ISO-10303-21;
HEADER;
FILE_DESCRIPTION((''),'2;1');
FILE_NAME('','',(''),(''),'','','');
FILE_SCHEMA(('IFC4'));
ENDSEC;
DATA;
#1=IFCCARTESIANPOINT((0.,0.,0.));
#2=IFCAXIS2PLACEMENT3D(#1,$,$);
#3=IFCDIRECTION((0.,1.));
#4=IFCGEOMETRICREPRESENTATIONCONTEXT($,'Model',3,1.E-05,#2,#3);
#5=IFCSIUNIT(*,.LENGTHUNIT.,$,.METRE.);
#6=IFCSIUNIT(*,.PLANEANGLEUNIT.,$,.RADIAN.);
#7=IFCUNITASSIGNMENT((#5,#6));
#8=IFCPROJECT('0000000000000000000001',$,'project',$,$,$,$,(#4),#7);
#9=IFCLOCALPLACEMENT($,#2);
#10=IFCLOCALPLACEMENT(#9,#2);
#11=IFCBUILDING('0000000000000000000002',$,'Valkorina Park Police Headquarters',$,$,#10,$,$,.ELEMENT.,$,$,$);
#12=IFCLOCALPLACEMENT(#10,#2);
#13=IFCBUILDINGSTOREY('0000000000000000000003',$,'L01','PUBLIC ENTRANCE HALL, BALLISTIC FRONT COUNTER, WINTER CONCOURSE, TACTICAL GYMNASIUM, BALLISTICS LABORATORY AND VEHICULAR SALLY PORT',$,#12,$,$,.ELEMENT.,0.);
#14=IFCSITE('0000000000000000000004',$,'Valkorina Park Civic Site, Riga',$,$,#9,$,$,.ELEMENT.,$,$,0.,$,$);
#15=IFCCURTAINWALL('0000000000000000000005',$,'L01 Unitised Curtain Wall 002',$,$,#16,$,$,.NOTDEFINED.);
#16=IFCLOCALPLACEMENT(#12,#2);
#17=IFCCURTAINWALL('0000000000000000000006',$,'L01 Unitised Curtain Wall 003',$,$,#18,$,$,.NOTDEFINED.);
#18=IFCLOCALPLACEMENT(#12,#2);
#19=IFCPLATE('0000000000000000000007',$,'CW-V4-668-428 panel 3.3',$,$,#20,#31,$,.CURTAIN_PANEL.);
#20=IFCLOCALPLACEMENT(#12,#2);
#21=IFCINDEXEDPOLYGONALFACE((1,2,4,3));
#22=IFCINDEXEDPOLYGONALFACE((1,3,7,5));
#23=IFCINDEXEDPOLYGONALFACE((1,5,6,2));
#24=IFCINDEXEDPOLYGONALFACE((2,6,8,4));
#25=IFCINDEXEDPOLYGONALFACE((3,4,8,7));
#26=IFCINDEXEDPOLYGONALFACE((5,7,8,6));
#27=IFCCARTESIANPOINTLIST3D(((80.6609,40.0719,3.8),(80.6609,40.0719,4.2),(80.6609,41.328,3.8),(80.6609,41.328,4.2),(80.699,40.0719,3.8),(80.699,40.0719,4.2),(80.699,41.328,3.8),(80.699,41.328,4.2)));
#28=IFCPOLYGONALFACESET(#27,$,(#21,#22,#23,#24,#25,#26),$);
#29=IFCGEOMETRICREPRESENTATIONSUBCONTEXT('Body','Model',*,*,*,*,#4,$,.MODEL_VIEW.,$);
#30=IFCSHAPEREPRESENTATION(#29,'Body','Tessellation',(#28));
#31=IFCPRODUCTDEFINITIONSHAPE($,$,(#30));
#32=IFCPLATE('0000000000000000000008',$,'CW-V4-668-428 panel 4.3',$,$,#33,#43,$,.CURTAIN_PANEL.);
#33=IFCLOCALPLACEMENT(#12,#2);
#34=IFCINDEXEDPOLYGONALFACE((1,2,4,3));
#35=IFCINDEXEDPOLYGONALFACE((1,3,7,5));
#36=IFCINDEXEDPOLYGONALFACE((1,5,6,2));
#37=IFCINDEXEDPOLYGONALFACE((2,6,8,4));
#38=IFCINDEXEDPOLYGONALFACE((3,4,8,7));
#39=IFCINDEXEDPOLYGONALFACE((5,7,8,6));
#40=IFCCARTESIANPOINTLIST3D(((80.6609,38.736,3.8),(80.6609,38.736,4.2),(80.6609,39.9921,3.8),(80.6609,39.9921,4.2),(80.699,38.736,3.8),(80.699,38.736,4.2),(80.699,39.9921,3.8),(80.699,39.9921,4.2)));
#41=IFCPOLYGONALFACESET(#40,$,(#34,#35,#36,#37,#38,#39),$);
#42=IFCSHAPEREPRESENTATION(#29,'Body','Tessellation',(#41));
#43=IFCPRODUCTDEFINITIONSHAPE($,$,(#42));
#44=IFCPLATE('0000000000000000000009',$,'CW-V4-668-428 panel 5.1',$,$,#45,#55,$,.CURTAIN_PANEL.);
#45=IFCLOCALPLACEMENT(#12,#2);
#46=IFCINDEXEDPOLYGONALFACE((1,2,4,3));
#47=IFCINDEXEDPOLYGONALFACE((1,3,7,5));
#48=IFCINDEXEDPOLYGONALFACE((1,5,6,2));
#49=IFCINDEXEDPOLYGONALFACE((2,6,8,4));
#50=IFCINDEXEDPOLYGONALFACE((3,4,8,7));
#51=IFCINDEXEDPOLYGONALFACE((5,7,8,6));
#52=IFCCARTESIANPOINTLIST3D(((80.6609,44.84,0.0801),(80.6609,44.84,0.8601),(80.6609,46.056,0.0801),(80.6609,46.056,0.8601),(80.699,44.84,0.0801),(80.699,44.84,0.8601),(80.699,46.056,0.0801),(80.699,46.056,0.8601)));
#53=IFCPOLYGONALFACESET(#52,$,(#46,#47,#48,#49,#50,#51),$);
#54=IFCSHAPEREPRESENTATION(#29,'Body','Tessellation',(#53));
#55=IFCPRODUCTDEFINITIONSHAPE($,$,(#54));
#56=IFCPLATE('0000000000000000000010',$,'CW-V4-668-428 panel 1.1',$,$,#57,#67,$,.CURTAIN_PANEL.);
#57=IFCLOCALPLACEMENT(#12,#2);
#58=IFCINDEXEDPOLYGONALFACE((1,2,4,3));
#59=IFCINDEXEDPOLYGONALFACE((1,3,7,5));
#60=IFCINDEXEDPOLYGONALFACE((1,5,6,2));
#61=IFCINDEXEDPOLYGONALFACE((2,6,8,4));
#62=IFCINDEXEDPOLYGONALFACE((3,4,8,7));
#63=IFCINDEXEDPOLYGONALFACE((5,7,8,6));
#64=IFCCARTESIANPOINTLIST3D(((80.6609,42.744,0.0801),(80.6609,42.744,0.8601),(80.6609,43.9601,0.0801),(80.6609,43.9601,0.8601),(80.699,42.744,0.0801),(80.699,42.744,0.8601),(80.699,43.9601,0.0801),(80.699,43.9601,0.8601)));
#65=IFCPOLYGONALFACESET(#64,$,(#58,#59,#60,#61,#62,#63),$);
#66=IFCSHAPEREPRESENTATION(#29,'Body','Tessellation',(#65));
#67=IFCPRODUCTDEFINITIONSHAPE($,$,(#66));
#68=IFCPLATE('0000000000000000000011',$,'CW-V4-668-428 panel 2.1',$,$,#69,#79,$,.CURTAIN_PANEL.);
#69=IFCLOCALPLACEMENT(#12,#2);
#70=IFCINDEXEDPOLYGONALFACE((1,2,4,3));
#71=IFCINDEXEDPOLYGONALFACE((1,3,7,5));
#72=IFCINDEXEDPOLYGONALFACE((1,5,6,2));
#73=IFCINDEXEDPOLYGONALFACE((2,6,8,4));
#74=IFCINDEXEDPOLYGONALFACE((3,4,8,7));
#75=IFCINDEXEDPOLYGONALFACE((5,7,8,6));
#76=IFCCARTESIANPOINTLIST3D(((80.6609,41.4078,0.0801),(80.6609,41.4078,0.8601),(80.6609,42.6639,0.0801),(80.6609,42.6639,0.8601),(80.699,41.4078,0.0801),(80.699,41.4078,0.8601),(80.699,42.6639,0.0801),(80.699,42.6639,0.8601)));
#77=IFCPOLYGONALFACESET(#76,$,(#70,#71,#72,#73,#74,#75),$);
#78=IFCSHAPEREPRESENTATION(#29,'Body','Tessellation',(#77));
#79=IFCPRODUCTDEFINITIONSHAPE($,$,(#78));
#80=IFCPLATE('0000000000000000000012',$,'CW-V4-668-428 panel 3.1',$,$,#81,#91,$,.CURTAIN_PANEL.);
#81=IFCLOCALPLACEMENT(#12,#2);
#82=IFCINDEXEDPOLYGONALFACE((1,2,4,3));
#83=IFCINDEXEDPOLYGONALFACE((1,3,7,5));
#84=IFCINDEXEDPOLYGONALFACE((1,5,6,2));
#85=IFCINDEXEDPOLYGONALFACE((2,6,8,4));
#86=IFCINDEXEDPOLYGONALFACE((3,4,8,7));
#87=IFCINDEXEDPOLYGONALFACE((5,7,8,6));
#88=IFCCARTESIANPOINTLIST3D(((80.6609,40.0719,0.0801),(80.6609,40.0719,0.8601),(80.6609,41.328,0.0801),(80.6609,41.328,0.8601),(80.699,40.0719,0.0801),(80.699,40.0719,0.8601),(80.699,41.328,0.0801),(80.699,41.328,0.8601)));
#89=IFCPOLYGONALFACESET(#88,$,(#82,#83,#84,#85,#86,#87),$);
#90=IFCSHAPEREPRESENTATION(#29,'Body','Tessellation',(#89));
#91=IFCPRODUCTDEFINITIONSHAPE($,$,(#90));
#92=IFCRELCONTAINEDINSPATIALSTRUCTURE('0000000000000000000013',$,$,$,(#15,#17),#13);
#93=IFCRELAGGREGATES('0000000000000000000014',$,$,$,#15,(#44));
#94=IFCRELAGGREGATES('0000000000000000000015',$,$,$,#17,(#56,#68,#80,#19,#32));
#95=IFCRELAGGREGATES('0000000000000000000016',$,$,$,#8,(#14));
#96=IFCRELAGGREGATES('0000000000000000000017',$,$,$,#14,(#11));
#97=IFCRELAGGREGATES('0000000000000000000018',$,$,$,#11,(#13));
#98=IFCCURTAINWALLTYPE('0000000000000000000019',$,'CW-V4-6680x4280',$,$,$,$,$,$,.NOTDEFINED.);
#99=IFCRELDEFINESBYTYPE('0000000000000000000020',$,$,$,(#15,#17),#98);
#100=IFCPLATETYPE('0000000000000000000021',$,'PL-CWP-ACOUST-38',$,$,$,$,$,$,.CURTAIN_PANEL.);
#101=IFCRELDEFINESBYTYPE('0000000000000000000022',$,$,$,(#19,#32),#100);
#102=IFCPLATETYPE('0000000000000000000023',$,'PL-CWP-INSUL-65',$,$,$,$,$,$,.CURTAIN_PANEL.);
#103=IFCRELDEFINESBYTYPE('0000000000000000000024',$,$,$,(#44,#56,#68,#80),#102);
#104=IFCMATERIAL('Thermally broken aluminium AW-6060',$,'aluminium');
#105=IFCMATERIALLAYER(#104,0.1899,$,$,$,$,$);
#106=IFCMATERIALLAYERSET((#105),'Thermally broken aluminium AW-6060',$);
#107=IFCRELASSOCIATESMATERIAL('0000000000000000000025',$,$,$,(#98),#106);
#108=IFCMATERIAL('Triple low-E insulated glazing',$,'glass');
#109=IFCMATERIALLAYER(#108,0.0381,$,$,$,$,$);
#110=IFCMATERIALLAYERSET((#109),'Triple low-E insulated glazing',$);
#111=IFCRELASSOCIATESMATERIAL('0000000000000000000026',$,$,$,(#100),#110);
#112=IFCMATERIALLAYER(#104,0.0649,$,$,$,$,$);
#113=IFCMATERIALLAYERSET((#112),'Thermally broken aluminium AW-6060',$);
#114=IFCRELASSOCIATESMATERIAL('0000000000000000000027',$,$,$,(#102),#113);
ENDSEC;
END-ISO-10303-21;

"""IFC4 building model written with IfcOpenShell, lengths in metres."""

from ifc_helpers import new_model, si_unit, direction, frame, origin, origin_2d, place, context, subcontext, project, spatial, rectangle, extrude, material, layer, layer_set, type_object, element, aggregate, save


model = new_model("IFC4")

# Units and contexts
model_context = context("Model", 3, precision=1e-05, world=origin(), true_north=direction((0.0, 1.0)))
body_context = subcontext(model_context, "Body", "Model", "MODEL_VIEW")
ifc_project = project(units=[si_unit("LENGTHUNIT", "METRE"), si_unit("PLANEANGLEUNIT", "RADIAN")], contexts=[model_context])

# Site, building, storey
site_placement = place(None, origin())
site = spatial("IfcSite", under=ifc_project, at=site_placement, Name="Valkorina Park Civic Site, Riga", CompositionType="ELEMENT", RefElevation=0.0)
building_placement = place(site_placement, origin())
building = spatial("IfcBuilding", under=site, at=building_placement, Name="Valkorina Park Police Headquarters", CompositionType="ELEMENT")
storey_placement = place(building_placement, origin())
storey = spatial("IfcBuildingStorey", under=building, at=storey_placement, Name="L01", Description="PUBLIC ENTRANCE HALL, BALLISTIC FRONT COUNTER, WINTER CONCOURSE, TACTICAL GYMNASIUM, BALLISTICS LABORATORY AND VEHICULAR SALLY PORT", CompositionType="ELEMENT", Elevation=0.0)

# Curtain wall
ifc_material_1 = material(Name="Thermally broken aluminium AW-6060", Category="aluminium")
ifc_layer_1 = layer(ifc_material_1, 0.1899)
ifc_layer_set_1 = layer_set([ifc_layer_1], Name="Thermally broken aluminium AW-6060")
curtain_wall_type = type_object("IfcCurtainWallType", Name="CW-V4-6680x4280", PredefinedType="NOTDEFINED", material=ifc_layer_set_1)
curtain_wall_1_placement = place(storey_placement, origin())
curtain_wall_1 = element("IfcCurtainWall", 1, at=curtain_wall_1_placement, inside=storey, type_object=curtain_wall_type, Name="L01 Unitised Curtain Wall 002", PredefinedType="NOTDEFINED")

# Curtain wall
curtain_wall_2_placement = place(storey_placement, origin())
curtain_wall_2 = element("IfcCurtainWall", 2, at=curtain_wall_2_placement, inside=storey, type_object=curtain_wall_type, Name="L01 Unitised Curtain Wall 003", PredefinedType="NOTDEFINED")

# Plates
ifc_material_2 = material(Name="Triple low-E insulated glazing", Category="glass")
ifc_layer_2 = layer(ifc_material_2, 0.0381)
ifc_layer_set_2 = layer_set([ifc_layer_2], Name="Triple low-E insulated glazing")
plate_type_1 = type_object("IfcPlateType", Name="PL-CWP-ACOUST-38", PredefinedType="CURTAIN_PANEL", material=ifc_layer_set_2)
plate_1_placement = place(storey_placement, frame((80.6799, 40.7, 3.8), z_axis=(0.0, 0.0, 1.0), x_axis=(0.0, -1.0, 0.0)))
plate_1 = element("IfcPlate", 3, at=plate_1_placement, type_object=plate_type_1, Name="CW-V4-668-428 panel 3.3", PredefinedType="CURTAIN_PANEL", context=body_context, shape_type="SweptSolid", body=[
    extrude(rectangle(XDim=1.2561, YDim=0.0381, at=origin_2d()), origin(), (0.0, 0.0, 1.0), 0.3999),
])
plate_2_placement = place(storey_placement, frame((80.6799, 39.364, 3.8), z_axis=(0.0, 0.0, 1.0), x_axis=(0.0, -1.0, 0.0)))
plate_2 = element("IfcPlate", 4, at=plate_2_placement, type_object=plate_type_1, Name="CW-V4-668-428 panel 4.3", PredefinedType="CURTAIN_PANEL", context=body_context, shape_type="SweptSolid", body=[
    extrude(rectangle(XDim=1.2561, YDim=0.0381, at=origin_2d()), origin(), (0.0, 0.0, 1.0), 0.3999),
])
ifc_layer_3 = layer(ifc_material_1, 0.0649)
ifc_layer_set_3 = layer_set([ifc_layer_3], Name="Thermally broken aluminium AW-6060")
plate_type_2 = type_object("IfcPlateType", Name="PL-CWP-INSUL-65", PredefinedType="CURTAIN_PANEL", material=ifc_layer_set_3)
plate_3_placement = place(storey_placement, frame((80.6799, 45.448, 0.0801), z_axis=(0.0, 0.0, 1.0), x_axis=(0.0, -1.0, 0.0)))
plate_3 = element("IfcPlate", 5, at=plate_3_placement, type_object=plate_type_2, Name="CW-V4-668-428 panel 5.1", PredefinedType="CURTAIN_PANEL", context=body_context, shape_type="SweptSolid", body=[
    extrude(rectangle(XDim=1.2161, YDim=0.0381, at=origin_2d()), origin(), (0.0, 0.0, 1.0), 0.78),
])
aggregate(curtain_wall_1, [plate_3])
plate_4_placement = place(storey_placement, frame((80.6799, 43.3521, 0.0801), z_axis=(0.0, 0.0, 1.0), x_axis=(0.0, -1.0, 0.0)))
plate_4 = element("IfcPlate", 6, at=plate_4_placement, type_object=plate_type_2, Name="CW-V4-668-428 panel 1.1", PredefinedType="CURTAIN_PANEL", context=body_context, shape_type="SweptSolid", body=[
    extrude(rectangle(XDim=1.2161, YDim=0.0381, at=origin_2d()), origin(), (0.0, 0.0, 1.0), 0.78),
])
plate_5_placement = place(storey_placement, frame((80.6799, 42.0359, 0.0801), z_axis=(0.0, 0.0, 1.0), x_axis=(0.0, -1.0, 0.0)))
plate_5 = element("IfcPlate", 7, at=plate_5_placement, type_object=plate_type_2, Name="CW-V4-668-428 panel 2.1", PredefinedType="CURTAIN_PANEL", context=body_context, shape_type="SweptSolid", body=[
    extrude(rectangle(XDim=1.2561, YDim=0.0381, at=origin_2d()), origin(), (0.0, 0.0, 1.0), 0.78),
])
plate_6_placement = place(storey_placement, frame((80.6799, 40.7, 0.0801), z_axis=(0.0, 0.0, 1.0), x_axis=(0.0, -1.0, 0.0)))
plate_6 = element("IfcPlate", 8, at=plate_6_placement, type_object=plate_type_2, Name="CW-V4-668-428 panel 3.1", PredefinedType="CURTAIN_PANEL", context=body_context, shape_type="SweptSolid", body=[
    extrude(rectangle(XDim=1.2561, YDim=0.0381, at=origin_2d()), origin(), (0.0, 0.0, 1.0), 0.78),
])
aggregate(curtain_wall_2, [plate_4, plate_5, plate_6, plate_1, plate_2])

save(model, "model.ifc")
